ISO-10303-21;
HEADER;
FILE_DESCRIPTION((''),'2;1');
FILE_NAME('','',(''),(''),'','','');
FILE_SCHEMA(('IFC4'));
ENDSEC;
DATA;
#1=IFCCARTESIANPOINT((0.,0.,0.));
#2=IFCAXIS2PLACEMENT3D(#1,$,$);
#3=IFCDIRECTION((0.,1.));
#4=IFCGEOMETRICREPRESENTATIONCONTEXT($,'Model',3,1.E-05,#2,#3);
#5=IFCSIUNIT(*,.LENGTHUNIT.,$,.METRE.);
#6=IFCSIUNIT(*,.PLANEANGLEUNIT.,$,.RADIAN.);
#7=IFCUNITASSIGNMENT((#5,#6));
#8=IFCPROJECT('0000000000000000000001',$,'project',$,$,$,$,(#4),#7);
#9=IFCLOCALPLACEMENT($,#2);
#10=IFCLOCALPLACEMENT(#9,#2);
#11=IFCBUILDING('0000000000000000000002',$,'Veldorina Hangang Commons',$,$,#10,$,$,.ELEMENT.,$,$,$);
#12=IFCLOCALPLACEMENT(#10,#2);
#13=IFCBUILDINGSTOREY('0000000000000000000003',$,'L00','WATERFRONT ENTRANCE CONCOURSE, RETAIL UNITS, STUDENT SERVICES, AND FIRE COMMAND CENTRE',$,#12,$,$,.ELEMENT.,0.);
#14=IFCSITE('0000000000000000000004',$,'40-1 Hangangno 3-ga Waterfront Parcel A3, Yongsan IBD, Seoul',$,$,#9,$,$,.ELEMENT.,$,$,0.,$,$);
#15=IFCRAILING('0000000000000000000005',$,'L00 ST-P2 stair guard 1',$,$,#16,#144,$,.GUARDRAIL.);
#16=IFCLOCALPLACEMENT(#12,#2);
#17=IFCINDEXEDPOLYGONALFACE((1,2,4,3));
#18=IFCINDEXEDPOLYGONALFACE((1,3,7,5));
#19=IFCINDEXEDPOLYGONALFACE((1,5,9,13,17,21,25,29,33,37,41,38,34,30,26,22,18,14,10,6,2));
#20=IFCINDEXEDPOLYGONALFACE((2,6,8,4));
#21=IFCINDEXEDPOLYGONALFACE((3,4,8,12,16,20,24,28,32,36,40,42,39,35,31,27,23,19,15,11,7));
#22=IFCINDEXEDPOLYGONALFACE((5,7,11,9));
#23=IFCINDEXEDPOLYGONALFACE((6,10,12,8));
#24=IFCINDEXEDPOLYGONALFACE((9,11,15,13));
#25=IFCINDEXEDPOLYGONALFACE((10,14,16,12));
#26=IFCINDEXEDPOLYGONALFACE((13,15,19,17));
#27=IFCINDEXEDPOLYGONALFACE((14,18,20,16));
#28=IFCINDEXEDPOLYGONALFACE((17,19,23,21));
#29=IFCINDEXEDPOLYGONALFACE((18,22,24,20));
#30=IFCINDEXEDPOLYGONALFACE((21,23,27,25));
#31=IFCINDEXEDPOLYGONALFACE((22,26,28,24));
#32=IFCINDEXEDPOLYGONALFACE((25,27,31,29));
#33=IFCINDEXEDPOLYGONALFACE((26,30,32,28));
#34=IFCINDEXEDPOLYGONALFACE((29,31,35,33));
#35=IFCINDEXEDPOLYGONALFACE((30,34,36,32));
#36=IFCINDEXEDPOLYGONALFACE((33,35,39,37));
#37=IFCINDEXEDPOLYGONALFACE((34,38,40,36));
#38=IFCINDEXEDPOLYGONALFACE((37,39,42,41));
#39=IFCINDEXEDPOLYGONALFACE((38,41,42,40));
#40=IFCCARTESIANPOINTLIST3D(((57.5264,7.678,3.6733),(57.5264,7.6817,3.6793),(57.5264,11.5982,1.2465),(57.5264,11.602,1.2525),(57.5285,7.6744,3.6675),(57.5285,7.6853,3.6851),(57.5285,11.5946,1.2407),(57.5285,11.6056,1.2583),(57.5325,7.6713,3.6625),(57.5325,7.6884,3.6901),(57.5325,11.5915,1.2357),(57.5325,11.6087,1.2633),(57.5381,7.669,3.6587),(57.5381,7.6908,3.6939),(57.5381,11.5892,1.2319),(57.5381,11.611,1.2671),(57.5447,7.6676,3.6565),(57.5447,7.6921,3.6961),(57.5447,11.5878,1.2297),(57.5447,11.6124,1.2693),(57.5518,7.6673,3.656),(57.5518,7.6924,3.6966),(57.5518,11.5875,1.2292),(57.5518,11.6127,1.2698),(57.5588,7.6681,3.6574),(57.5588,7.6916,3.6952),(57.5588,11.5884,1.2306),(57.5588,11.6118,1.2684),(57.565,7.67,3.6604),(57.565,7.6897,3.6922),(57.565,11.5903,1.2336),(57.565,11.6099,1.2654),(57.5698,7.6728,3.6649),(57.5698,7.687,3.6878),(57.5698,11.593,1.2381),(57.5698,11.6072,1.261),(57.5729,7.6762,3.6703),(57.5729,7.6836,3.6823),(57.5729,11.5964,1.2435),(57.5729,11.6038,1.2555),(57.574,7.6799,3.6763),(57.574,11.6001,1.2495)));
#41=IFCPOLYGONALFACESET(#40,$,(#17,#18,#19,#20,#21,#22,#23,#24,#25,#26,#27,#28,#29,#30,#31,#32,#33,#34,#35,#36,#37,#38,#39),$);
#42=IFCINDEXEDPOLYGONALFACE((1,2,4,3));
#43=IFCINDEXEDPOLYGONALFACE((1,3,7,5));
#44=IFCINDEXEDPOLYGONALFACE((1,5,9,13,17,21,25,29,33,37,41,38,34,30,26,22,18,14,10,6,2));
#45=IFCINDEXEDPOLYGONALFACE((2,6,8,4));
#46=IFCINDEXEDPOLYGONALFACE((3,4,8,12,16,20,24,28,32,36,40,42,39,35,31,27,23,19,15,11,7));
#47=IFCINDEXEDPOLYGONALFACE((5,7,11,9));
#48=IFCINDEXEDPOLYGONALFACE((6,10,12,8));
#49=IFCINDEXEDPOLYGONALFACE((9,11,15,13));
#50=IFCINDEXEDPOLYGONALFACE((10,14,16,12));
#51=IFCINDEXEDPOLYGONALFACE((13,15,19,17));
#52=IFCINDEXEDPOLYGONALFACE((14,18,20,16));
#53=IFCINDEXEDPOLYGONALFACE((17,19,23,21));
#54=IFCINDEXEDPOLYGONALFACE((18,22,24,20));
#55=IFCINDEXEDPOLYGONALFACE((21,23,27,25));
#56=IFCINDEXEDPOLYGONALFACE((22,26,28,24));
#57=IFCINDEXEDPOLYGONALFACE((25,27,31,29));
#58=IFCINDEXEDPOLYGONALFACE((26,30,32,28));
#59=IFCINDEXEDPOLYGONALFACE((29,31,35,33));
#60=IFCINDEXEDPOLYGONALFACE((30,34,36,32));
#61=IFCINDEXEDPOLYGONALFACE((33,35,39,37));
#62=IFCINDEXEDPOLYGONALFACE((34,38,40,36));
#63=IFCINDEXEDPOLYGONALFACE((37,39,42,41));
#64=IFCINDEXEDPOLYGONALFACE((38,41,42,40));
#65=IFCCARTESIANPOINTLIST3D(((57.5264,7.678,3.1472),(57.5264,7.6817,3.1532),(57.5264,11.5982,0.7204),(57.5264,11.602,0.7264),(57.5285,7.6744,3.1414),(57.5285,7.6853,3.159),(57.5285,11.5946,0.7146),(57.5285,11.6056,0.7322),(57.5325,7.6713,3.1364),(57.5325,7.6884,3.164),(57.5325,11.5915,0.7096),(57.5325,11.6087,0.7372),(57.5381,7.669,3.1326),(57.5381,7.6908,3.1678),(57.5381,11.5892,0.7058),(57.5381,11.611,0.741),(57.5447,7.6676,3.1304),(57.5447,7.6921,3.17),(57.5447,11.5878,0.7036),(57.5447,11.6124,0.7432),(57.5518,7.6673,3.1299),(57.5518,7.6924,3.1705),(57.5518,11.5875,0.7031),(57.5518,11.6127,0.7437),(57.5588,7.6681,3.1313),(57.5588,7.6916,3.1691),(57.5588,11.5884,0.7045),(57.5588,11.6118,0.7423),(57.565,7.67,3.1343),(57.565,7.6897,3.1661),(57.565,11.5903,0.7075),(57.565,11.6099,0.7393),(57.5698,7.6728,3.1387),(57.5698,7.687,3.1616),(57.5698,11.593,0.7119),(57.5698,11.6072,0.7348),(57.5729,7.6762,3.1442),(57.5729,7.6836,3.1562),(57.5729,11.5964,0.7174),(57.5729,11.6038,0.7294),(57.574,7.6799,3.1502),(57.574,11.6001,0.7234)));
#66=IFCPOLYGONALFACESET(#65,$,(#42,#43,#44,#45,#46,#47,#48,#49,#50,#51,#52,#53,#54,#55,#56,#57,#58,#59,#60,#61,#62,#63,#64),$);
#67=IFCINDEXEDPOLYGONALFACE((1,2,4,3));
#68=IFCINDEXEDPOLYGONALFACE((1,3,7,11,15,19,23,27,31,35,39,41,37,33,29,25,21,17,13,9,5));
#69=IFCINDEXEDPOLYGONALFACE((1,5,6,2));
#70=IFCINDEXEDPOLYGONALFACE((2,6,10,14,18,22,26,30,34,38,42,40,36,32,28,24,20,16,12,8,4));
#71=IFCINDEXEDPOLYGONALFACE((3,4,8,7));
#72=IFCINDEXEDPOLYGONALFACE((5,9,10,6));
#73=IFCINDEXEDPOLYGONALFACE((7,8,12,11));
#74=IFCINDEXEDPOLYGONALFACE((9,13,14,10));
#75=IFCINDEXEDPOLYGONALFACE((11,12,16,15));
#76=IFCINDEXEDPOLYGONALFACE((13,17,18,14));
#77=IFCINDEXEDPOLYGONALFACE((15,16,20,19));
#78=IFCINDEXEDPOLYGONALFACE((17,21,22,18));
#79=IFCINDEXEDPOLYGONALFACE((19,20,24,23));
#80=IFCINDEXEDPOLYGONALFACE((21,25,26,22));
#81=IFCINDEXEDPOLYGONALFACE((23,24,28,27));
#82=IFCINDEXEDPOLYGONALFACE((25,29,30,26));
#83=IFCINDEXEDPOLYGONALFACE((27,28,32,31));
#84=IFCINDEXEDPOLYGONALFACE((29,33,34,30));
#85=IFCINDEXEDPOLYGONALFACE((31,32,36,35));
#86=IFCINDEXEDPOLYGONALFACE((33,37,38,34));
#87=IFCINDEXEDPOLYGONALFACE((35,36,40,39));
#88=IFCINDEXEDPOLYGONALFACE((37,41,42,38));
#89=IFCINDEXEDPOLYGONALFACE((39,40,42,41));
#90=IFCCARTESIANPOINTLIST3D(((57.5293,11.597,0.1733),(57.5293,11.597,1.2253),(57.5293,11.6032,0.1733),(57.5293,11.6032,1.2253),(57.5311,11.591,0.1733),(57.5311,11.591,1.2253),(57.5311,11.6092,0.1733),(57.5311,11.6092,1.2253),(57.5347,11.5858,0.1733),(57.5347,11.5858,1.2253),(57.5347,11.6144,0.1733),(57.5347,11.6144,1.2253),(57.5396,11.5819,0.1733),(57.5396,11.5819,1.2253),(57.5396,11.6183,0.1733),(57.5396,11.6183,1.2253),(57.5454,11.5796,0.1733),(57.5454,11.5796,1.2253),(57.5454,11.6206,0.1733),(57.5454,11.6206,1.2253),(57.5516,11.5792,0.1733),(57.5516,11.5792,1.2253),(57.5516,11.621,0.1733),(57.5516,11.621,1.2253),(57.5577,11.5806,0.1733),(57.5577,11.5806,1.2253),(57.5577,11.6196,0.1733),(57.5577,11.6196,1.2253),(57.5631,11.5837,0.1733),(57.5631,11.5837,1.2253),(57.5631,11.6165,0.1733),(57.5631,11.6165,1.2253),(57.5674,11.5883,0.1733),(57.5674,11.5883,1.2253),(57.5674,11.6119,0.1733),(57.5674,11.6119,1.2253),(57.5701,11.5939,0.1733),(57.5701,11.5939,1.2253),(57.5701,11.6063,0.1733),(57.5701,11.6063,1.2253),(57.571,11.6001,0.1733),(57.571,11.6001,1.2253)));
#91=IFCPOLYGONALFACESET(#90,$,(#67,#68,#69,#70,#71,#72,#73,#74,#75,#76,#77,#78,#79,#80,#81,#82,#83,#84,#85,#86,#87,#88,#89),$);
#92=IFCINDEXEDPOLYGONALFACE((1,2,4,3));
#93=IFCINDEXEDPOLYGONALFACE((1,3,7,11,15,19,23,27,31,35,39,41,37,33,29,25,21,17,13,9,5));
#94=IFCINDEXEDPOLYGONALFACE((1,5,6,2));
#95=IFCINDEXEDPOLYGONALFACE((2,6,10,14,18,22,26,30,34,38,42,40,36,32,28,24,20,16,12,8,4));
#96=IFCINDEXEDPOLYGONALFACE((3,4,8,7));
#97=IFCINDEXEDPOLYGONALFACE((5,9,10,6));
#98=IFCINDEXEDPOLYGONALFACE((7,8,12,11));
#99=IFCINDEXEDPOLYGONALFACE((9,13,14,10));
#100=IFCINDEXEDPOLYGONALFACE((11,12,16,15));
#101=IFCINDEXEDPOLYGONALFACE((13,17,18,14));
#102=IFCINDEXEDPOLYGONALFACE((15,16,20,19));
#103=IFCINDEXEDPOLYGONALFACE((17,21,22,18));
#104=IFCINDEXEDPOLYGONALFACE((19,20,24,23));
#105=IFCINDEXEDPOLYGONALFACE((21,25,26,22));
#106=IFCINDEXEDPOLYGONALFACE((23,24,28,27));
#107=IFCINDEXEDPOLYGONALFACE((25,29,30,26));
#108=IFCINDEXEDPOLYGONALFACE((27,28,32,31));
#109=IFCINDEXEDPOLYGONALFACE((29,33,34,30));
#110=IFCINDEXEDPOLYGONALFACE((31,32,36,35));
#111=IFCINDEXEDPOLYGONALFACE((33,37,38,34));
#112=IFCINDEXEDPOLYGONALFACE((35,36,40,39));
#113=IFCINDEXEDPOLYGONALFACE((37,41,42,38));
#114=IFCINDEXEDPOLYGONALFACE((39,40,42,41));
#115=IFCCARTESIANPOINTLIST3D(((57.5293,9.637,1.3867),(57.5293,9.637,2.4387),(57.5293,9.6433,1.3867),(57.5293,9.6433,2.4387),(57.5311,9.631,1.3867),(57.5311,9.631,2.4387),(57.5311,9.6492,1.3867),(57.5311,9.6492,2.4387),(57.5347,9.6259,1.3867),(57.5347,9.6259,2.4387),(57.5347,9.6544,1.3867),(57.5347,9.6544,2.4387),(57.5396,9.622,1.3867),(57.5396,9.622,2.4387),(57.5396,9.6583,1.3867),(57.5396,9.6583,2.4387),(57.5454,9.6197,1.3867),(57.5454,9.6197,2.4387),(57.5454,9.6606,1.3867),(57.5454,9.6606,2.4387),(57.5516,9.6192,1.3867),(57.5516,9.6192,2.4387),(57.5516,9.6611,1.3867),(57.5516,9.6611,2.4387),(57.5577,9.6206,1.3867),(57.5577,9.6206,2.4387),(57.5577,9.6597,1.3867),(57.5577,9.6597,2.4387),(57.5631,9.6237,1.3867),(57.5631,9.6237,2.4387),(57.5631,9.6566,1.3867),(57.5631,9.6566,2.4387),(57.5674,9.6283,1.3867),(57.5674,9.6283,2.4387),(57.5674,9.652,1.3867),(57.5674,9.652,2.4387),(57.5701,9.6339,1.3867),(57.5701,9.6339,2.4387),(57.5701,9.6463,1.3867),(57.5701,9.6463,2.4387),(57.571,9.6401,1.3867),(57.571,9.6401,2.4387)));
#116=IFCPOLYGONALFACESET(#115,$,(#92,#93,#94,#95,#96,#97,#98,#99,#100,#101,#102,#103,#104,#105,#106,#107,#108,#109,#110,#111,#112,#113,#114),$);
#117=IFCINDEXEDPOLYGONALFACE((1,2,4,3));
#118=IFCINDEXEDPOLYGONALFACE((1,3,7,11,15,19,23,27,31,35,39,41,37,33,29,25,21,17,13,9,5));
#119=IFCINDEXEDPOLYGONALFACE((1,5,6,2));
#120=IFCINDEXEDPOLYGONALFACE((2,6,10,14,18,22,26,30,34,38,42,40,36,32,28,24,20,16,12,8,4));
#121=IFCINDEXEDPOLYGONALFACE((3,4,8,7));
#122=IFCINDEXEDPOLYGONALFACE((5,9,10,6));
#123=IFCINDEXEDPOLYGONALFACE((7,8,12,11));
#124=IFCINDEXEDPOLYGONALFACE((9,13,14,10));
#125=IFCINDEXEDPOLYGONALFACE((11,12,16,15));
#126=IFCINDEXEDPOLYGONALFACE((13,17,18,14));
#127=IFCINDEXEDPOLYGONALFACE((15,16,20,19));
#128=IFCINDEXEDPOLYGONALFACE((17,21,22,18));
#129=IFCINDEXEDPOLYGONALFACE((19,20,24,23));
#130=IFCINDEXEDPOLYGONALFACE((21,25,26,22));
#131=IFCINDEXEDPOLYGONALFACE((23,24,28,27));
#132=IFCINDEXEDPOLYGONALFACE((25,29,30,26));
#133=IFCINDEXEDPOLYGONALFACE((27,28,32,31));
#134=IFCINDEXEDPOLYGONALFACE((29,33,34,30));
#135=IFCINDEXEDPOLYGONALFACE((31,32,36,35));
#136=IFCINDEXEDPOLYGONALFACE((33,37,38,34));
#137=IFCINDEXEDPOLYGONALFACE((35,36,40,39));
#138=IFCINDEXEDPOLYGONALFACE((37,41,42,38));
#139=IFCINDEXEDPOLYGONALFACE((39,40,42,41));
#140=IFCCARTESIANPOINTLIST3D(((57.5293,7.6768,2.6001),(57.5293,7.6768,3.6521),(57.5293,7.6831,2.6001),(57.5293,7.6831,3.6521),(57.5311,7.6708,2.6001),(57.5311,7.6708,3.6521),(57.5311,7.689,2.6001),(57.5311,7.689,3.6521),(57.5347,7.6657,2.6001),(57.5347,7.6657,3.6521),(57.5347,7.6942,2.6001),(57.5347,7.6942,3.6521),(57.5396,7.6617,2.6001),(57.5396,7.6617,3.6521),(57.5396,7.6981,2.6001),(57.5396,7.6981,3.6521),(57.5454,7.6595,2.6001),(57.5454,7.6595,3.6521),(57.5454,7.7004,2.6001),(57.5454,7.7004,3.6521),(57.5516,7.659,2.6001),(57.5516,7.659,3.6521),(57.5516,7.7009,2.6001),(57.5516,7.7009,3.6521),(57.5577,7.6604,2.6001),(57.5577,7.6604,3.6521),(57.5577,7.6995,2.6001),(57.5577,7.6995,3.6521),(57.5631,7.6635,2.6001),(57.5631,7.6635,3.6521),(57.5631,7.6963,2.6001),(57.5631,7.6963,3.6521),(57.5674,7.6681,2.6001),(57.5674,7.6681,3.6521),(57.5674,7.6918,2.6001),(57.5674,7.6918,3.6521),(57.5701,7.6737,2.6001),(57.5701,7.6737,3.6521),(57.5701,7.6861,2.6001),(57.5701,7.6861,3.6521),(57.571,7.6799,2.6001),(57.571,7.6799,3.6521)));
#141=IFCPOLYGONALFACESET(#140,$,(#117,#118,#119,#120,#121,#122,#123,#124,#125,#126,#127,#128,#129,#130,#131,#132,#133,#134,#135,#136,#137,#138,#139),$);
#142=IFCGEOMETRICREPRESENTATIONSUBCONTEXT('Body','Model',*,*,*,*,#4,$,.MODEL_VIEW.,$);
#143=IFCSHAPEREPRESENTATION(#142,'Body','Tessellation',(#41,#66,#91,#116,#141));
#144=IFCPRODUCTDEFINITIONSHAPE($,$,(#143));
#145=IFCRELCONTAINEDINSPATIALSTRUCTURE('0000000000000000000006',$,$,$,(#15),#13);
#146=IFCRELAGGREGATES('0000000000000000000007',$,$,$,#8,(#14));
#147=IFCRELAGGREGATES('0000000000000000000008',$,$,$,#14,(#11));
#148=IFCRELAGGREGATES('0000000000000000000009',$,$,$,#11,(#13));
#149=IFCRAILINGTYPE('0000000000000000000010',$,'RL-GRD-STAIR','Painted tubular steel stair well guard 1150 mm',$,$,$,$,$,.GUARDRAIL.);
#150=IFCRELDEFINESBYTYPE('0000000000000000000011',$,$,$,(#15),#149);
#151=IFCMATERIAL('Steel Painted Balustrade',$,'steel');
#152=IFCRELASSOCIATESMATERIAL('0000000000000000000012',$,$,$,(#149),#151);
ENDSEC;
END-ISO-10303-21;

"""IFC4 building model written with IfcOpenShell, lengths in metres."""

from ifc_helpers import new_model, si_unit, direction, frame, origin, origin_2d, place, context, subcontext, project, spatial, circle, extrude, material, type_object, element, save


model = new_model("IFC4")

# Units and contexts
model_context = context("Model", 3, precision=1e-05, world=origin(), true_north=direction((0.0, 1.0)))
body_context = subcontext(model_context, "Body", "Model", "MODEL_VIEW")
ifc_project = project(units=[si_unit("LENGTHUNIT", "METRE"), si_unit("PLANEANGLEUNIT", "RADIAN")], contexts=[model_context])

# Site, building, storey
site_placement = place(None, origin())
site = spatial("IfcSite", under=ifc_project, at=site_placement, Name="40-1 Hangangno 3-ga Waterfront Parcel A3, Yongsan IBD, Seoul", CompositionType="ELEMENT", RefElevation=0.0)
building_placement = place(site_placement, origin())
building = spatial("IfcBuilding", under=site, at=building_placement, Name="Veldorina Hangang Commons", CompositionType="ELEMENT")
storey_placement = place(building_placement, origin())
storey = spatial("IfcBuildingStorey", under=building, at=storey_placement, Name="L00", Description="WATERFRONT ENTRANCE CONCOURSE, RETAIL UNITS, STUDENT SERVICES, AND FIRE COMMAND CENTRE", CompositionType="ELEMENT", Elevation=0.0)

# Railing
ifc_material_1 = material(Name="Steel Painted Balustrade", Category="steel")
railing_type_1 = type_object("IfcRailingType", Name="RL-GRD-STAIR", Description="Painted tubular steel stair well guard 1150 mm", PredefinedType="GUARDRAIL", material=ifc_material_1)
railing_1_placement = place(storey_placement, frame((57.55, 11.6001, 0.1733)))
element("IfcRailing", 1, at=railing_1_placement, inside=storey, type_object=railing_type_1, Name="L00 ST-P2 stair guard 1", PredefinedType="GUARDRAIL", context=body_context, shape_type="SweptSolid", body=[
    extrude(circle(Radius=0.0239, at=origin_2d()), frame((0.0, 0.0, 1.0762), z_axis=(0.0, -0.850266, 0.526353), x_axis=(1.0, 0.0, 0.0)), (0.0, 0.0, 1.0), 4.6106),
    extrude(circle(Radius=0.0239, at=origin_2d()), frame((0.0, 0.0, 0.55), z_axis=(0.0, -0.850266, 0.526353), x_axis=(1.0, 0.0, 0.0)), (0.0, 0.0, 1.0), 4.6106),
    extrude(circle(Radius=0.021, at=origin_2d()), origin(), (0.0, 0.0, 1.0), 1.052),
    extrude(circle(Radius=0.021, at=origin_2d()), frame((0.0, -1.96, 1.2134)), (0.0, 0.0, 1.0), 1.052),
    extrude(circle(Radius=0.021, at=origin_2d()), frame((0.0, -3.9202, 2.4268)), (0.0, 0.0, 1.0), 1.052),
])

save(model, "model.ifc")
